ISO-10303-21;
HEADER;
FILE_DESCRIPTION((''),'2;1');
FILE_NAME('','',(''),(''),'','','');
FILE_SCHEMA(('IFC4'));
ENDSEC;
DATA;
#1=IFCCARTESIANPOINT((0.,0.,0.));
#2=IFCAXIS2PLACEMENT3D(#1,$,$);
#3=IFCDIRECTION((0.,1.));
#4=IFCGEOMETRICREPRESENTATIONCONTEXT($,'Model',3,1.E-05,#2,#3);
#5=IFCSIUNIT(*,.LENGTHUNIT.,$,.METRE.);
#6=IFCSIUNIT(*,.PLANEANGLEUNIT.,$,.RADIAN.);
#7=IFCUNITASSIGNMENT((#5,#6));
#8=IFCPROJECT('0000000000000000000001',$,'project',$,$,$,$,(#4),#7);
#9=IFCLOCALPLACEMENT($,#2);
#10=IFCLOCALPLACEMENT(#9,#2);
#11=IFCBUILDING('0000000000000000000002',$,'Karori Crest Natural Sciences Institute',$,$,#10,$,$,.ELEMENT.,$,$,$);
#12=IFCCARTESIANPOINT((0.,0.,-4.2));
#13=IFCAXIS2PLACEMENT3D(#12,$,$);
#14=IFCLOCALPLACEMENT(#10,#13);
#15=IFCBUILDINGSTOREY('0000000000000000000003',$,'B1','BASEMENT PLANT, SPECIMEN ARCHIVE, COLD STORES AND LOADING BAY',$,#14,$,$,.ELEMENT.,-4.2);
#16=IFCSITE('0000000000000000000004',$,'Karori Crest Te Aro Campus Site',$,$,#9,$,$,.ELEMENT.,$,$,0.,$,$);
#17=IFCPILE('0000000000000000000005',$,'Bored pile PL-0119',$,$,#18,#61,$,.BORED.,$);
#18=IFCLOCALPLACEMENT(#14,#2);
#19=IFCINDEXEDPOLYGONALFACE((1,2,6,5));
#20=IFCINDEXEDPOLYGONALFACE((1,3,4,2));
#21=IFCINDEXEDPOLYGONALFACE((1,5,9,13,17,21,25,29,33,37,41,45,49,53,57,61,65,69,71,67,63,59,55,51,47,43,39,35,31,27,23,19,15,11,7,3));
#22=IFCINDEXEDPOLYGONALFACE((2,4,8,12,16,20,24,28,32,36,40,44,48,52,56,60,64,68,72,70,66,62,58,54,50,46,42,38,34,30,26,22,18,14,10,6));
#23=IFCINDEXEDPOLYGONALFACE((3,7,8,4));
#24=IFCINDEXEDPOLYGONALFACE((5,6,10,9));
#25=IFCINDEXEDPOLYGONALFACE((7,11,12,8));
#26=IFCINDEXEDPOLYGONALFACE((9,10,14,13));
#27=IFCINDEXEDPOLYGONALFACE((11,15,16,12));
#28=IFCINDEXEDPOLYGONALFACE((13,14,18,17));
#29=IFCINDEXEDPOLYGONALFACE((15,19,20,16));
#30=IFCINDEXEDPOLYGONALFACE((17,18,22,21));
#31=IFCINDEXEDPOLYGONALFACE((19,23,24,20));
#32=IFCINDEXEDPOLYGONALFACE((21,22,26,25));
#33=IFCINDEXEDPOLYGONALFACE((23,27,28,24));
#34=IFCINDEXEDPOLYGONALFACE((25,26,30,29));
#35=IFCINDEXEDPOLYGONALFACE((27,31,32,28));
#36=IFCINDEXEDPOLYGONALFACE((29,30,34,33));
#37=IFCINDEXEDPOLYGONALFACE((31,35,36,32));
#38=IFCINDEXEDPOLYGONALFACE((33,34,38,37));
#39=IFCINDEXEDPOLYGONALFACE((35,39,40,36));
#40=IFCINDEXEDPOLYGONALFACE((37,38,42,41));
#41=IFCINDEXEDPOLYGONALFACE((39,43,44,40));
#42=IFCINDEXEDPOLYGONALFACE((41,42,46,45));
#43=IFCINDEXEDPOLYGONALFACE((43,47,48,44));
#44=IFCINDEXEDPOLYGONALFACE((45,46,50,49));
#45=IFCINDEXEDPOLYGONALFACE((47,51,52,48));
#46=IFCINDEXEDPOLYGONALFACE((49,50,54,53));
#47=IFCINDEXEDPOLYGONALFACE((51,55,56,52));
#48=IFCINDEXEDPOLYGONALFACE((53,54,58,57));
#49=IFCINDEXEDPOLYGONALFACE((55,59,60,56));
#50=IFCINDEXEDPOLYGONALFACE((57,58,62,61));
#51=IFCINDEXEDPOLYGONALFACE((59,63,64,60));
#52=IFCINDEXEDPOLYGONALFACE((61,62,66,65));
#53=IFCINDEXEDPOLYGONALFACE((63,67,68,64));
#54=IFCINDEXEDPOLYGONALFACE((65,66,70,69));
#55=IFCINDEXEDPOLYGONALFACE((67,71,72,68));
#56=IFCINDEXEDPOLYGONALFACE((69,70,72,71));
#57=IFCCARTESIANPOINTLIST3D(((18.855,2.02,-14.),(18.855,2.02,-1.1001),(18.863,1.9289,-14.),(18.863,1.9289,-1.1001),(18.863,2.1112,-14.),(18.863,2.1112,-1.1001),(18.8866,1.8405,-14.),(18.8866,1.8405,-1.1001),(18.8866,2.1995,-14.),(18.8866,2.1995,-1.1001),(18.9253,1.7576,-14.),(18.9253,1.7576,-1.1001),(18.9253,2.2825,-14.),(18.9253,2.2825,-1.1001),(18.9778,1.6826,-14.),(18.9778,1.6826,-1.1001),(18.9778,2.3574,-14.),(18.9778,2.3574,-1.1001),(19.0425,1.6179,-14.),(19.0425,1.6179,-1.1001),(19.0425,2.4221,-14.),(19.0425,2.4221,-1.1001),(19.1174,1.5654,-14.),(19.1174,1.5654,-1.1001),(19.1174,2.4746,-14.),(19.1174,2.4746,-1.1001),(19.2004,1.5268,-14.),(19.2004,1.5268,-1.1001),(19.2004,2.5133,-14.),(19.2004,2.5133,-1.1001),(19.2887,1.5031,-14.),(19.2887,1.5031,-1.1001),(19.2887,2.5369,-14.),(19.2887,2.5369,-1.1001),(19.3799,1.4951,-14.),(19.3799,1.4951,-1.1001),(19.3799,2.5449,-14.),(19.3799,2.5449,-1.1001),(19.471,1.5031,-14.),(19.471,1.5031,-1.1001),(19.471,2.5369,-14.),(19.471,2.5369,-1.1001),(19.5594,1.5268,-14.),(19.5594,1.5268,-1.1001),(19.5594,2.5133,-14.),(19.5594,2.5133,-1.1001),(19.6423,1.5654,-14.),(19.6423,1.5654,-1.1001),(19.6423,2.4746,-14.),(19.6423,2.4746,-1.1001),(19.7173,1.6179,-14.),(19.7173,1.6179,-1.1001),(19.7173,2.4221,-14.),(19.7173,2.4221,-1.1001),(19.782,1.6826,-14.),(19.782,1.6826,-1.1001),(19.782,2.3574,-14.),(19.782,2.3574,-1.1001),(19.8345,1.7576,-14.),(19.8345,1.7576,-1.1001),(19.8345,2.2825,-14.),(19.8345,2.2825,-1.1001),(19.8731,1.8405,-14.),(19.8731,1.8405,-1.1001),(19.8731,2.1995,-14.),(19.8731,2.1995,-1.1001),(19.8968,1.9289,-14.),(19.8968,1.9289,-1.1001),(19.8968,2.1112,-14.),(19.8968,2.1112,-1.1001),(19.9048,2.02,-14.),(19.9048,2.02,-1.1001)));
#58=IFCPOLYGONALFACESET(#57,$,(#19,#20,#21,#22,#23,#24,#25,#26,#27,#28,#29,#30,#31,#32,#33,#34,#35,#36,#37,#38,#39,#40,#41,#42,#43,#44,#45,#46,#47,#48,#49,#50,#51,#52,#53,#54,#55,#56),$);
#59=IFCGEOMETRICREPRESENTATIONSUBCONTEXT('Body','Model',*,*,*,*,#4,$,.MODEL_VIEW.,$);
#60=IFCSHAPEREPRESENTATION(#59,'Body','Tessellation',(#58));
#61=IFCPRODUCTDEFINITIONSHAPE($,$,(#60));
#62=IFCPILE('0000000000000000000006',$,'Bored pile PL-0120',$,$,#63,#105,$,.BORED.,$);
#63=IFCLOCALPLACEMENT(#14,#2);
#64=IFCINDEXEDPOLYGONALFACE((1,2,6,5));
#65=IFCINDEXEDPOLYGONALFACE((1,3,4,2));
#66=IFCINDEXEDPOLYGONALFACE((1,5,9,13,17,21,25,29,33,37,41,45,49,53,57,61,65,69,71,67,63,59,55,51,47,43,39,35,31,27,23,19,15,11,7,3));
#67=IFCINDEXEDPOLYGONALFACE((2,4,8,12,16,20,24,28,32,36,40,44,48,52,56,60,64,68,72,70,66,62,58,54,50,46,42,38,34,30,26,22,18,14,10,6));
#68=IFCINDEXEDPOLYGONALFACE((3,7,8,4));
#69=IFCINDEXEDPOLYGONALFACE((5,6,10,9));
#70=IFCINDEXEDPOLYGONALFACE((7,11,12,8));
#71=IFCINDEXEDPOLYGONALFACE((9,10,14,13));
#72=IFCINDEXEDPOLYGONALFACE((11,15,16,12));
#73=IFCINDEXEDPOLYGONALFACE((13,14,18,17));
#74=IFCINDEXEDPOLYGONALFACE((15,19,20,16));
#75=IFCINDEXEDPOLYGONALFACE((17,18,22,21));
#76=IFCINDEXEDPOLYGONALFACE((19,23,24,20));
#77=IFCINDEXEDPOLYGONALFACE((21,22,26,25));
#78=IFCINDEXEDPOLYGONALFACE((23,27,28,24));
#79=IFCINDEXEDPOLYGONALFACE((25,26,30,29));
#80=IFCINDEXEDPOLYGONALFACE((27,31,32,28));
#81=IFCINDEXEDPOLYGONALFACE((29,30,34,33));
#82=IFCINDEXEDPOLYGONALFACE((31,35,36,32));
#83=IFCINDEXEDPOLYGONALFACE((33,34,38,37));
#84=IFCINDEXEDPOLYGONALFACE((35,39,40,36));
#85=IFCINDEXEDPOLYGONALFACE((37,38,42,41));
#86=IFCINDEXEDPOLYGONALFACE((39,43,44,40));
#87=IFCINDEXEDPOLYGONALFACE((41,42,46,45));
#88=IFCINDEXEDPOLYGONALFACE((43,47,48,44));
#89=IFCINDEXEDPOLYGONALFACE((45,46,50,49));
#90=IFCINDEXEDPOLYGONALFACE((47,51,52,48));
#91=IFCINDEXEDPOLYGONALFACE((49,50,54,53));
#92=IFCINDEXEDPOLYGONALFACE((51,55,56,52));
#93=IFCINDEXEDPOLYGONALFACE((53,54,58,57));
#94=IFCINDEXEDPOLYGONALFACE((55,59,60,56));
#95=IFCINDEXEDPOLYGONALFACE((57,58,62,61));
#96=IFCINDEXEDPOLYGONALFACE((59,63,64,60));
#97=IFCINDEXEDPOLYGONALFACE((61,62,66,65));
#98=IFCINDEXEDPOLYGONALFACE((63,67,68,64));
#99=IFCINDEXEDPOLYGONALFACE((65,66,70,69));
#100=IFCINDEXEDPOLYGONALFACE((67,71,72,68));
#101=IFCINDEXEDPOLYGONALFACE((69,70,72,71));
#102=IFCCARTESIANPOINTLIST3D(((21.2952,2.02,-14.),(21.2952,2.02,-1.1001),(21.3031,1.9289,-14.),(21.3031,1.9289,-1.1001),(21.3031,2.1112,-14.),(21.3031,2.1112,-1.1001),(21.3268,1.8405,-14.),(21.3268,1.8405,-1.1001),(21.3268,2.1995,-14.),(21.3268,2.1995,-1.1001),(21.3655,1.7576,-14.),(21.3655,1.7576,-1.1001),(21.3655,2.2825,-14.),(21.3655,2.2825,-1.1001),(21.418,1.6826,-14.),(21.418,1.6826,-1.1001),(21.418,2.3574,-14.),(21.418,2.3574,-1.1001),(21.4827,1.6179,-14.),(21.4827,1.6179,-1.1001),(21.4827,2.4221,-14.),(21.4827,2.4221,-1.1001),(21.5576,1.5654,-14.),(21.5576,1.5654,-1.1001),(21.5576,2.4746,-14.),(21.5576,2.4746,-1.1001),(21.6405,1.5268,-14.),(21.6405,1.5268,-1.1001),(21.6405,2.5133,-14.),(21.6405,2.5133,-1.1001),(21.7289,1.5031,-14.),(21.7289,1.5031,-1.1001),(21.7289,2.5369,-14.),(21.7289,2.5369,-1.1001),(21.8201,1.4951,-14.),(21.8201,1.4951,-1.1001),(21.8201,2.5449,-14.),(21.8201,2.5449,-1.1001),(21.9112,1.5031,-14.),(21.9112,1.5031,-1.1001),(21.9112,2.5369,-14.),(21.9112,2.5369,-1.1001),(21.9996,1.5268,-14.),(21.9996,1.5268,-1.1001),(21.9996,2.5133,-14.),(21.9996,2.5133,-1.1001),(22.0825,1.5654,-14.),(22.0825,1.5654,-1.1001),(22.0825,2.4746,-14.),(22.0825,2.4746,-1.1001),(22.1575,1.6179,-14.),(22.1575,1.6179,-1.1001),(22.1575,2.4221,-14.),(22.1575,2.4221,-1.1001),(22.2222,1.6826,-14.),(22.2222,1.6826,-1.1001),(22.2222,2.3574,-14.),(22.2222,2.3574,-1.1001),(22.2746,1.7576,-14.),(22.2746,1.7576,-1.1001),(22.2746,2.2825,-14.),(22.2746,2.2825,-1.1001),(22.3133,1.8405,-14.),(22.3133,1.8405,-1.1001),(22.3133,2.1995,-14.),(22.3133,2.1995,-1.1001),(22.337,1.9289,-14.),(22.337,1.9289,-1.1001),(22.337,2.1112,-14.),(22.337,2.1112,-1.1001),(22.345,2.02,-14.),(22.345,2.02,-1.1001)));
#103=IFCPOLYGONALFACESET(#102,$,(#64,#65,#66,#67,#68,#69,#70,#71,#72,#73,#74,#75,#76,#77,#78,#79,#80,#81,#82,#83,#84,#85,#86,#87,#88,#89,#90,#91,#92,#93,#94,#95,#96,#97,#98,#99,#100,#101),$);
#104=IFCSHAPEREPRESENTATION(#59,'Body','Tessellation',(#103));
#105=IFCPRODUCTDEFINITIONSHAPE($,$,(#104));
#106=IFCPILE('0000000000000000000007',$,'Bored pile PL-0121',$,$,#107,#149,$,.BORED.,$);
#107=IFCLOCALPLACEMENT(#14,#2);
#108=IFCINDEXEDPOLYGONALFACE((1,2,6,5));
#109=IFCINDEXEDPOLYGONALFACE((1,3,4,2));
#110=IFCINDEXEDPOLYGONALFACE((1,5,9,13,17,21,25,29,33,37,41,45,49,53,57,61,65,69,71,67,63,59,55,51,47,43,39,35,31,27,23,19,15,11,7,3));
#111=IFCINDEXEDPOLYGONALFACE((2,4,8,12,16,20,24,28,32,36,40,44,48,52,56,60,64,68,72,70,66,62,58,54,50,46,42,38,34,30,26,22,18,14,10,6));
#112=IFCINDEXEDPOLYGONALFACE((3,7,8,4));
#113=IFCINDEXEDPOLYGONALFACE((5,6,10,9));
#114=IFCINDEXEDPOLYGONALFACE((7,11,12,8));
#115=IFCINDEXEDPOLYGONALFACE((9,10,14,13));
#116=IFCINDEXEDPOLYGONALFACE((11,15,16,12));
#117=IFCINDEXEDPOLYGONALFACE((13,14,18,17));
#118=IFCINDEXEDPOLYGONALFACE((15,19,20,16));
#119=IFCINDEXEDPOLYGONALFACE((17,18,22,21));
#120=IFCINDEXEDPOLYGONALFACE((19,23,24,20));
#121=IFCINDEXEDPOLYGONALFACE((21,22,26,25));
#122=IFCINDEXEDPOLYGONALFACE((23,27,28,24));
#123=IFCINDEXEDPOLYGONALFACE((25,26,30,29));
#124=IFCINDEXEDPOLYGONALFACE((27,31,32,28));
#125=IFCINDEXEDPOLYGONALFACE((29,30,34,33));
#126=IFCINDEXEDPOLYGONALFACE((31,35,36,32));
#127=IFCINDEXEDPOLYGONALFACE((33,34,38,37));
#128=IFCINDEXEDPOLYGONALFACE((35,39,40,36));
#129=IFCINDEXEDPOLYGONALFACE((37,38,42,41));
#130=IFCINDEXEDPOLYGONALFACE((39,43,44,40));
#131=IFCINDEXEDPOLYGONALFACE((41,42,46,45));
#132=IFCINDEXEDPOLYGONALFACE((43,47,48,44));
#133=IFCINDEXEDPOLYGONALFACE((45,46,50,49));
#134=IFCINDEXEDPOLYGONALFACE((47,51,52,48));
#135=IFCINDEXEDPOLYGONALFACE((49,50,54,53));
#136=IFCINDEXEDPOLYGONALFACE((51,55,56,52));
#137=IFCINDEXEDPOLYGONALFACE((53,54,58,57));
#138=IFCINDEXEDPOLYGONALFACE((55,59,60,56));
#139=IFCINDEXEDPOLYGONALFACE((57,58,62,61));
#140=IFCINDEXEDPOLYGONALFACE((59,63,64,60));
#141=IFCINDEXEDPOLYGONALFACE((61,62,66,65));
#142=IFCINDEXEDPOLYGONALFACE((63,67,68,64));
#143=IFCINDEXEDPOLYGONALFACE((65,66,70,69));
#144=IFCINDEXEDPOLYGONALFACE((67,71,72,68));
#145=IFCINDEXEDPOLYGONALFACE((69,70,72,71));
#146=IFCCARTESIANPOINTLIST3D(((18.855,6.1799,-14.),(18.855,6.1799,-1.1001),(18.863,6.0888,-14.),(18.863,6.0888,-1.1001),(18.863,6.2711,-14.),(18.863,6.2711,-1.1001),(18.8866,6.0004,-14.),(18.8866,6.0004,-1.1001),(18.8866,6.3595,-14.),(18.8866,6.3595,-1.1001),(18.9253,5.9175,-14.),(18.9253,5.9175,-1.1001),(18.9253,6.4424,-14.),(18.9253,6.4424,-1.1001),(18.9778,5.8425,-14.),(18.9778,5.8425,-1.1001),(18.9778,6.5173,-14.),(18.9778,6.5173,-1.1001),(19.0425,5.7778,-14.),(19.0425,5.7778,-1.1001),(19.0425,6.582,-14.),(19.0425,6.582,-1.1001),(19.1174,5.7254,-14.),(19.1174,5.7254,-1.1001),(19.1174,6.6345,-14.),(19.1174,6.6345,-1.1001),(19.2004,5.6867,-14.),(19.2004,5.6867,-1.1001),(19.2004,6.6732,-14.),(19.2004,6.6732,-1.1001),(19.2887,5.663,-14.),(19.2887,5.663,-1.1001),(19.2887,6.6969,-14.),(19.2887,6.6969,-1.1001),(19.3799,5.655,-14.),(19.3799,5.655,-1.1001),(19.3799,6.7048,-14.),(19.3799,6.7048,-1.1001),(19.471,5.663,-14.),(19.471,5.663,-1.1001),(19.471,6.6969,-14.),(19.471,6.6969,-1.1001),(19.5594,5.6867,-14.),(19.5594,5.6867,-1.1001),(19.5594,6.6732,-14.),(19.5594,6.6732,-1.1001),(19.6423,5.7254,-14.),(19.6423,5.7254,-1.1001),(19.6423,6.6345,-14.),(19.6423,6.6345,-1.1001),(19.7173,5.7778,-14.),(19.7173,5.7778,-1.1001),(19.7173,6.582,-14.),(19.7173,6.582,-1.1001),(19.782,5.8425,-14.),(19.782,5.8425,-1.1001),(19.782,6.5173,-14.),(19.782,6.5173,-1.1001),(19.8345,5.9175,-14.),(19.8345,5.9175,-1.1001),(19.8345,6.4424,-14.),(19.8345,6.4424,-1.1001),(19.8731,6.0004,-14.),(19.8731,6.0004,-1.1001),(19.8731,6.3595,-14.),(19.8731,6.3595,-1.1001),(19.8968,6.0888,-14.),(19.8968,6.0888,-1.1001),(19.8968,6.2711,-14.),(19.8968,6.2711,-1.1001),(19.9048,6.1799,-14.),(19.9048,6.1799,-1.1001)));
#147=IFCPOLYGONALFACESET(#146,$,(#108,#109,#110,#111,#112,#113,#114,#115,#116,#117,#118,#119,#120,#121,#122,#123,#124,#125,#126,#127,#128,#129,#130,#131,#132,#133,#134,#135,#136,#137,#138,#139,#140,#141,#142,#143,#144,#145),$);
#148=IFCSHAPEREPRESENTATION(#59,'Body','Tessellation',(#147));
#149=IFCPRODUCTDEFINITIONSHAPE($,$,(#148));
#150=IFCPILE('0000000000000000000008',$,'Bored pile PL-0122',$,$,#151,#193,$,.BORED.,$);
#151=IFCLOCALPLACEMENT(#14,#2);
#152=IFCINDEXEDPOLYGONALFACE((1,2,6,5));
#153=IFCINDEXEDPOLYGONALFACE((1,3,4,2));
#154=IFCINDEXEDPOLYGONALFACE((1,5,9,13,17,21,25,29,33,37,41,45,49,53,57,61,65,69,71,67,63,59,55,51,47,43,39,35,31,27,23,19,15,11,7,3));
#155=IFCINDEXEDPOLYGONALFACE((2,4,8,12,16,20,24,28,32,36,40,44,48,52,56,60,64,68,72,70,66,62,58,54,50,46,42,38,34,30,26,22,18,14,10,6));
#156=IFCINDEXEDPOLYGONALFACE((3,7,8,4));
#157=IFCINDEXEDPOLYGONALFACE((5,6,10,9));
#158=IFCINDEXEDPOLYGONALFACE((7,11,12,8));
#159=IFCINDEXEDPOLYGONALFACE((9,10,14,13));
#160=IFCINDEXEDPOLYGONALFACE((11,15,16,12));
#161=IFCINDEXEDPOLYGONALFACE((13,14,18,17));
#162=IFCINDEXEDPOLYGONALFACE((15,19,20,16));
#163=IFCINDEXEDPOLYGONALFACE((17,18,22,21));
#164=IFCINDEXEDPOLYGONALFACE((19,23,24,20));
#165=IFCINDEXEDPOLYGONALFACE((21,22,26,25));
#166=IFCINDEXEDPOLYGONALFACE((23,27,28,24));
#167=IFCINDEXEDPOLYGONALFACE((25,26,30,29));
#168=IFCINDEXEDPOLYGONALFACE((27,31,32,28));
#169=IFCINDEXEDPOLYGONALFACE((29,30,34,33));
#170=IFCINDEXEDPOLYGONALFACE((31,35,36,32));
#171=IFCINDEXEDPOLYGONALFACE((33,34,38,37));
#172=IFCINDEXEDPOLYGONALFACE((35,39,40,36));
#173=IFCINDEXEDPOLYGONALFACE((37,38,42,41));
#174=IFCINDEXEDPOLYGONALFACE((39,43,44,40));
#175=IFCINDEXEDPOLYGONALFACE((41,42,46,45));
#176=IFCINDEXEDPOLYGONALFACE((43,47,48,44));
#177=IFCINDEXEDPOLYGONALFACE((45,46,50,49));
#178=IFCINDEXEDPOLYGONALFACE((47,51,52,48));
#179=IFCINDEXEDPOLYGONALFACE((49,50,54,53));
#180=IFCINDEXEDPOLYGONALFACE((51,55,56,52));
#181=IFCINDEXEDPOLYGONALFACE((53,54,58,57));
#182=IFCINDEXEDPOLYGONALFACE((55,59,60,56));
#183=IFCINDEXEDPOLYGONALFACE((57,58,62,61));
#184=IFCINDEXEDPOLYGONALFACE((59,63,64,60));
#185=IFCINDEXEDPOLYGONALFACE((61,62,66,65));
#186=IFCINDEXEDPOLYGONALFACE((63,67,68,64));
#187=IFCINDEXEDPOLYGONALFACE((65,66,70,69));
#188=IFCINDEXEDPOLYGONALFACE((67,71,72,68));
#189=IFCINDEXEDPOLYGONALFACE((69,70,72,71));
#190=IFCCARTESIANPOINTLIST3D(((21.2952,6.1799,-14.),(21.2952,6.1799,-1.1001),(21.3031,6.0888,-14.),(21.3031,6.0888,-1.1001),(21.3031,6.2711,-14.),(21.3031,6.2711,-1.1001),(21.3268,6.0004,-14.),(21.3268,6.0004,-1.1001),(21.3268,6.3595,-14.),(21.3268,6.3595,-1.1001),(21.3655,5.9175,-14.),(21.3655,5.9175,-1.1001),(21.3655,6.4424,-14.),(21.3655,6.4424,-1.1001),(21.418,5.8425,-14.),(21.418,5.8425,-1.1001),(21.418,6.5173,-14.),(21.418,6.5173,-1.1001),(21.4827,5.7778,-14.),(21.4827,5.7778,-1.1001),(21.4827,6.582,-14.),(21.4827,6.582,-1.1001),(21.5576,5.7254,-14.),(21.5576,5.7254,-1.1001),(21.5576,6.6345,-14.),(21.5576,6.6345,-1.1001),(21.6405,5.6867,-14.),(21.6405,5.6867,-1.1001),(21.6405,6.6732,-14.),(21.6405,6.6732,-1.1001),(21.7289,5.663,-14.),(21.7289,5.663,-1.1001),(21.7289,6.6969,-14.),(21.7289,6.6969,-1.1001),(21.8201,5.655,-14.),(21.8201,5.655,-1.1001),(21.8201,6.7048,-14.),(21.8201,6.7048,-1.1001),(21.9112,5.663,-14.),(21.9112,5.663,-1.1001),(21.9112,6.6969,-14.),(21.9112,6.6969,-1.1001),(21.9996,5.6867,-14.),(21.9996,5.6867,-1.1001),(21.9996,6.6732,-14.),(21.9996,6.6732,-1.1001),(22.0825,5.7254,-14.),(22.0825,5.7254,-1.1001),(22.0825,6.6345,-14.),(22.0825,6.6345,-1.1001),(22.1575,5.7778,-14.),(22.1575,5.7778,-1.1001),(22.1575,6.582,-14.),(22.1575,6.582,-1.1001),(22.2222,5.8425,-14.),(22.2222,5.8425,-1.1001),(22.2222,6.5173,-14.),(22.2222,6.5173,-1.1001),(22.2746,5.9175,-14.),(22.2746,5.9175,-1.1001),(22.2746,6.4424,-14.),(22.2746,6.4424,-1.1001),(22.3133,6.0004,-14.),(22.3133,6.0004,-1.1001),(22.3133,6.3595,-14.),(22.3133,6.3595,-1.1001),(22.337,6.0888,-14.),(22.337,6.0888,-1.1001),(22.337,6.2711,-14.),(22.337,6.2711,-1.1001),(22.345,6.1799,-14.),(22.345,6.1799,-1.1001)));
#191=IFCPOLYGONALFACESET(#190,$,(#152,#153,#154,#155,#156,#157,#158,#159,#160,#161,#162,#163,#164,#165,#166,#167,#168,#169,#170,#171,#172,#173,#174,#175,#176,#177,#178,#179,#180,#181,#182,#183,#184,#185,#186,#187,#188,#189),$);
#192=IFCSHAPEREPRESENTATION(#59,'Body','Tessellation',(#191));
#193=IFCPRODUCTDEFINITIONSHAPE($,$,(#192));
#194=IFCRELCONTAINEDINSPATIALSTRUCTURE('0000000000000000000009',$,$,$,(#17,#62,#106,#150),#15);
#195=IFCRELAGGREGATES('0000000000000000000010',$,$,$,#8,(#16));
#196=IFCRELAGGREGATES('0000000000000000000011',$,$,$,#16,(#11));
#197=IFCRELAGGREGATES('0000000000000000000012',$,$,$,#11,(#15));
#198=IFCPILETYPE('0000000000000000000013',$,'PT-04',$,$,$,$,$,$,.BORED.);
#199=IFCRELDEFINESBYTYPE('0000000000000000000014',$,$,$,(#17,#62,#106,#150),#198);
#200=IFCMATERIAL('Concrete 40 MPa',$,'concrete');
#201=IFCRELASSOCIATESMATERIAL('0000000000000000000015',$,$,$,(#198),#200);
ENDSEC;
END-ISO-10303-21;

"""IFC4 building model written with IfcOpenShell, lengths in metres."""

from ifc_helpers import new_model, si_unit, direction, frame, origin, origin_2d, place, context, subcontext, project, spatial, circle, extrude, material, material_profile, profile_set, type_object, element, save


model = new_model("IFC4")

# Units and contexts
model_context = context("Model", 3, precision=1e-05, world=origin(), true_north=direction((0.0, 1.0)))
body_context = subcontext(model_context, "Body", "Model", "MODEL_VIEW")
ifc_project = project(units=[si_unit("LENGTHUNIT", "METRE"), si_unit("PLANEANGLEUNIT", "RADIAN")], contexts=[model_context])

# Site, building, storey
site_placement = place(None, origin())
site = spatial("IfcSite", under=ifc_project, at=site_placement, Name="Karori Crest Te Aro Campus Site", CompositionType="ELEMENT", RefElevation=0.0)
building_placement = place(site_placement, origin())
building = spatial("IfcBuilding", under=site, at=building_placement, Name="Karori Crest Natural Sciences Institute", CompositionType="ELEMENT")
storey_placement = place(building_placement, frame((0.0, 0.0, -4.2)))
storey = spatial("IfcBuildingStorey", under=building, at=storey_placement, Name="B1", Description="BASEMENT PLANT, SPECIMEN ARCHIVE, COLD STORES AND LOADING BAY", CompositionType="ELEMENT", Elevation=-4.2)

# Shared definitions
ifc_material_1 = material(Name="Concrete 40 MPa", Category="concrete")

# Piles
ifc_material_profile_1 = material_profile(ifc_material_1, circle(Radius=0.5249, at=origin_2d()), Name="PILE1050")
ifc_profile_set_1 = profile_set([ifc_material_profile_1], Name="Concrete 40 MPa")
pile_type = type_object("IfcPileType", Name="PT-04", PredefinedType="BORED", material=ifc_profile_set_1)
for number, where, z_axis, x_axis, name in (
    (1, (19.3799, 2.02, -1.1001), (0.0, 0.0, -1.0), (1.0, 0.0, 0.0), "Bored pile PL-0119"),
    (2, (21.8201, 2.02, -1.1001), (0.0, 0.0, -1.0), (1.0, 0.0, 0.0), "Bored pile PL-0120"),
    (3, (19.3799, 6.1799, -1.1001), (0.0, 0.0, -1.0), (1.0, 0.0, 0.0), "Bored pile PL-0121"),
    (4, (21.8201, 6.1799, -1.1001), (0.0, 0.0, -1.0), (1.0, 0.0, 0.0), "Bored pile PL-0122"),
):
    element("IfcPile", number, at=place(storey_placement, frame(where, z_axis=z_axis, x_axis=x_axis)), inside=storey, type_object=pile_type, Name=name, PredefinedType="BORED", context=body_context, shape_type="SweptSolid", body=[
        extrude(circle(Radius=0.5249, at=origin_2d()), origin(), (0.0, 0.0, 1.0), 12.8999),
    ])

save(model, "model.ifc")
